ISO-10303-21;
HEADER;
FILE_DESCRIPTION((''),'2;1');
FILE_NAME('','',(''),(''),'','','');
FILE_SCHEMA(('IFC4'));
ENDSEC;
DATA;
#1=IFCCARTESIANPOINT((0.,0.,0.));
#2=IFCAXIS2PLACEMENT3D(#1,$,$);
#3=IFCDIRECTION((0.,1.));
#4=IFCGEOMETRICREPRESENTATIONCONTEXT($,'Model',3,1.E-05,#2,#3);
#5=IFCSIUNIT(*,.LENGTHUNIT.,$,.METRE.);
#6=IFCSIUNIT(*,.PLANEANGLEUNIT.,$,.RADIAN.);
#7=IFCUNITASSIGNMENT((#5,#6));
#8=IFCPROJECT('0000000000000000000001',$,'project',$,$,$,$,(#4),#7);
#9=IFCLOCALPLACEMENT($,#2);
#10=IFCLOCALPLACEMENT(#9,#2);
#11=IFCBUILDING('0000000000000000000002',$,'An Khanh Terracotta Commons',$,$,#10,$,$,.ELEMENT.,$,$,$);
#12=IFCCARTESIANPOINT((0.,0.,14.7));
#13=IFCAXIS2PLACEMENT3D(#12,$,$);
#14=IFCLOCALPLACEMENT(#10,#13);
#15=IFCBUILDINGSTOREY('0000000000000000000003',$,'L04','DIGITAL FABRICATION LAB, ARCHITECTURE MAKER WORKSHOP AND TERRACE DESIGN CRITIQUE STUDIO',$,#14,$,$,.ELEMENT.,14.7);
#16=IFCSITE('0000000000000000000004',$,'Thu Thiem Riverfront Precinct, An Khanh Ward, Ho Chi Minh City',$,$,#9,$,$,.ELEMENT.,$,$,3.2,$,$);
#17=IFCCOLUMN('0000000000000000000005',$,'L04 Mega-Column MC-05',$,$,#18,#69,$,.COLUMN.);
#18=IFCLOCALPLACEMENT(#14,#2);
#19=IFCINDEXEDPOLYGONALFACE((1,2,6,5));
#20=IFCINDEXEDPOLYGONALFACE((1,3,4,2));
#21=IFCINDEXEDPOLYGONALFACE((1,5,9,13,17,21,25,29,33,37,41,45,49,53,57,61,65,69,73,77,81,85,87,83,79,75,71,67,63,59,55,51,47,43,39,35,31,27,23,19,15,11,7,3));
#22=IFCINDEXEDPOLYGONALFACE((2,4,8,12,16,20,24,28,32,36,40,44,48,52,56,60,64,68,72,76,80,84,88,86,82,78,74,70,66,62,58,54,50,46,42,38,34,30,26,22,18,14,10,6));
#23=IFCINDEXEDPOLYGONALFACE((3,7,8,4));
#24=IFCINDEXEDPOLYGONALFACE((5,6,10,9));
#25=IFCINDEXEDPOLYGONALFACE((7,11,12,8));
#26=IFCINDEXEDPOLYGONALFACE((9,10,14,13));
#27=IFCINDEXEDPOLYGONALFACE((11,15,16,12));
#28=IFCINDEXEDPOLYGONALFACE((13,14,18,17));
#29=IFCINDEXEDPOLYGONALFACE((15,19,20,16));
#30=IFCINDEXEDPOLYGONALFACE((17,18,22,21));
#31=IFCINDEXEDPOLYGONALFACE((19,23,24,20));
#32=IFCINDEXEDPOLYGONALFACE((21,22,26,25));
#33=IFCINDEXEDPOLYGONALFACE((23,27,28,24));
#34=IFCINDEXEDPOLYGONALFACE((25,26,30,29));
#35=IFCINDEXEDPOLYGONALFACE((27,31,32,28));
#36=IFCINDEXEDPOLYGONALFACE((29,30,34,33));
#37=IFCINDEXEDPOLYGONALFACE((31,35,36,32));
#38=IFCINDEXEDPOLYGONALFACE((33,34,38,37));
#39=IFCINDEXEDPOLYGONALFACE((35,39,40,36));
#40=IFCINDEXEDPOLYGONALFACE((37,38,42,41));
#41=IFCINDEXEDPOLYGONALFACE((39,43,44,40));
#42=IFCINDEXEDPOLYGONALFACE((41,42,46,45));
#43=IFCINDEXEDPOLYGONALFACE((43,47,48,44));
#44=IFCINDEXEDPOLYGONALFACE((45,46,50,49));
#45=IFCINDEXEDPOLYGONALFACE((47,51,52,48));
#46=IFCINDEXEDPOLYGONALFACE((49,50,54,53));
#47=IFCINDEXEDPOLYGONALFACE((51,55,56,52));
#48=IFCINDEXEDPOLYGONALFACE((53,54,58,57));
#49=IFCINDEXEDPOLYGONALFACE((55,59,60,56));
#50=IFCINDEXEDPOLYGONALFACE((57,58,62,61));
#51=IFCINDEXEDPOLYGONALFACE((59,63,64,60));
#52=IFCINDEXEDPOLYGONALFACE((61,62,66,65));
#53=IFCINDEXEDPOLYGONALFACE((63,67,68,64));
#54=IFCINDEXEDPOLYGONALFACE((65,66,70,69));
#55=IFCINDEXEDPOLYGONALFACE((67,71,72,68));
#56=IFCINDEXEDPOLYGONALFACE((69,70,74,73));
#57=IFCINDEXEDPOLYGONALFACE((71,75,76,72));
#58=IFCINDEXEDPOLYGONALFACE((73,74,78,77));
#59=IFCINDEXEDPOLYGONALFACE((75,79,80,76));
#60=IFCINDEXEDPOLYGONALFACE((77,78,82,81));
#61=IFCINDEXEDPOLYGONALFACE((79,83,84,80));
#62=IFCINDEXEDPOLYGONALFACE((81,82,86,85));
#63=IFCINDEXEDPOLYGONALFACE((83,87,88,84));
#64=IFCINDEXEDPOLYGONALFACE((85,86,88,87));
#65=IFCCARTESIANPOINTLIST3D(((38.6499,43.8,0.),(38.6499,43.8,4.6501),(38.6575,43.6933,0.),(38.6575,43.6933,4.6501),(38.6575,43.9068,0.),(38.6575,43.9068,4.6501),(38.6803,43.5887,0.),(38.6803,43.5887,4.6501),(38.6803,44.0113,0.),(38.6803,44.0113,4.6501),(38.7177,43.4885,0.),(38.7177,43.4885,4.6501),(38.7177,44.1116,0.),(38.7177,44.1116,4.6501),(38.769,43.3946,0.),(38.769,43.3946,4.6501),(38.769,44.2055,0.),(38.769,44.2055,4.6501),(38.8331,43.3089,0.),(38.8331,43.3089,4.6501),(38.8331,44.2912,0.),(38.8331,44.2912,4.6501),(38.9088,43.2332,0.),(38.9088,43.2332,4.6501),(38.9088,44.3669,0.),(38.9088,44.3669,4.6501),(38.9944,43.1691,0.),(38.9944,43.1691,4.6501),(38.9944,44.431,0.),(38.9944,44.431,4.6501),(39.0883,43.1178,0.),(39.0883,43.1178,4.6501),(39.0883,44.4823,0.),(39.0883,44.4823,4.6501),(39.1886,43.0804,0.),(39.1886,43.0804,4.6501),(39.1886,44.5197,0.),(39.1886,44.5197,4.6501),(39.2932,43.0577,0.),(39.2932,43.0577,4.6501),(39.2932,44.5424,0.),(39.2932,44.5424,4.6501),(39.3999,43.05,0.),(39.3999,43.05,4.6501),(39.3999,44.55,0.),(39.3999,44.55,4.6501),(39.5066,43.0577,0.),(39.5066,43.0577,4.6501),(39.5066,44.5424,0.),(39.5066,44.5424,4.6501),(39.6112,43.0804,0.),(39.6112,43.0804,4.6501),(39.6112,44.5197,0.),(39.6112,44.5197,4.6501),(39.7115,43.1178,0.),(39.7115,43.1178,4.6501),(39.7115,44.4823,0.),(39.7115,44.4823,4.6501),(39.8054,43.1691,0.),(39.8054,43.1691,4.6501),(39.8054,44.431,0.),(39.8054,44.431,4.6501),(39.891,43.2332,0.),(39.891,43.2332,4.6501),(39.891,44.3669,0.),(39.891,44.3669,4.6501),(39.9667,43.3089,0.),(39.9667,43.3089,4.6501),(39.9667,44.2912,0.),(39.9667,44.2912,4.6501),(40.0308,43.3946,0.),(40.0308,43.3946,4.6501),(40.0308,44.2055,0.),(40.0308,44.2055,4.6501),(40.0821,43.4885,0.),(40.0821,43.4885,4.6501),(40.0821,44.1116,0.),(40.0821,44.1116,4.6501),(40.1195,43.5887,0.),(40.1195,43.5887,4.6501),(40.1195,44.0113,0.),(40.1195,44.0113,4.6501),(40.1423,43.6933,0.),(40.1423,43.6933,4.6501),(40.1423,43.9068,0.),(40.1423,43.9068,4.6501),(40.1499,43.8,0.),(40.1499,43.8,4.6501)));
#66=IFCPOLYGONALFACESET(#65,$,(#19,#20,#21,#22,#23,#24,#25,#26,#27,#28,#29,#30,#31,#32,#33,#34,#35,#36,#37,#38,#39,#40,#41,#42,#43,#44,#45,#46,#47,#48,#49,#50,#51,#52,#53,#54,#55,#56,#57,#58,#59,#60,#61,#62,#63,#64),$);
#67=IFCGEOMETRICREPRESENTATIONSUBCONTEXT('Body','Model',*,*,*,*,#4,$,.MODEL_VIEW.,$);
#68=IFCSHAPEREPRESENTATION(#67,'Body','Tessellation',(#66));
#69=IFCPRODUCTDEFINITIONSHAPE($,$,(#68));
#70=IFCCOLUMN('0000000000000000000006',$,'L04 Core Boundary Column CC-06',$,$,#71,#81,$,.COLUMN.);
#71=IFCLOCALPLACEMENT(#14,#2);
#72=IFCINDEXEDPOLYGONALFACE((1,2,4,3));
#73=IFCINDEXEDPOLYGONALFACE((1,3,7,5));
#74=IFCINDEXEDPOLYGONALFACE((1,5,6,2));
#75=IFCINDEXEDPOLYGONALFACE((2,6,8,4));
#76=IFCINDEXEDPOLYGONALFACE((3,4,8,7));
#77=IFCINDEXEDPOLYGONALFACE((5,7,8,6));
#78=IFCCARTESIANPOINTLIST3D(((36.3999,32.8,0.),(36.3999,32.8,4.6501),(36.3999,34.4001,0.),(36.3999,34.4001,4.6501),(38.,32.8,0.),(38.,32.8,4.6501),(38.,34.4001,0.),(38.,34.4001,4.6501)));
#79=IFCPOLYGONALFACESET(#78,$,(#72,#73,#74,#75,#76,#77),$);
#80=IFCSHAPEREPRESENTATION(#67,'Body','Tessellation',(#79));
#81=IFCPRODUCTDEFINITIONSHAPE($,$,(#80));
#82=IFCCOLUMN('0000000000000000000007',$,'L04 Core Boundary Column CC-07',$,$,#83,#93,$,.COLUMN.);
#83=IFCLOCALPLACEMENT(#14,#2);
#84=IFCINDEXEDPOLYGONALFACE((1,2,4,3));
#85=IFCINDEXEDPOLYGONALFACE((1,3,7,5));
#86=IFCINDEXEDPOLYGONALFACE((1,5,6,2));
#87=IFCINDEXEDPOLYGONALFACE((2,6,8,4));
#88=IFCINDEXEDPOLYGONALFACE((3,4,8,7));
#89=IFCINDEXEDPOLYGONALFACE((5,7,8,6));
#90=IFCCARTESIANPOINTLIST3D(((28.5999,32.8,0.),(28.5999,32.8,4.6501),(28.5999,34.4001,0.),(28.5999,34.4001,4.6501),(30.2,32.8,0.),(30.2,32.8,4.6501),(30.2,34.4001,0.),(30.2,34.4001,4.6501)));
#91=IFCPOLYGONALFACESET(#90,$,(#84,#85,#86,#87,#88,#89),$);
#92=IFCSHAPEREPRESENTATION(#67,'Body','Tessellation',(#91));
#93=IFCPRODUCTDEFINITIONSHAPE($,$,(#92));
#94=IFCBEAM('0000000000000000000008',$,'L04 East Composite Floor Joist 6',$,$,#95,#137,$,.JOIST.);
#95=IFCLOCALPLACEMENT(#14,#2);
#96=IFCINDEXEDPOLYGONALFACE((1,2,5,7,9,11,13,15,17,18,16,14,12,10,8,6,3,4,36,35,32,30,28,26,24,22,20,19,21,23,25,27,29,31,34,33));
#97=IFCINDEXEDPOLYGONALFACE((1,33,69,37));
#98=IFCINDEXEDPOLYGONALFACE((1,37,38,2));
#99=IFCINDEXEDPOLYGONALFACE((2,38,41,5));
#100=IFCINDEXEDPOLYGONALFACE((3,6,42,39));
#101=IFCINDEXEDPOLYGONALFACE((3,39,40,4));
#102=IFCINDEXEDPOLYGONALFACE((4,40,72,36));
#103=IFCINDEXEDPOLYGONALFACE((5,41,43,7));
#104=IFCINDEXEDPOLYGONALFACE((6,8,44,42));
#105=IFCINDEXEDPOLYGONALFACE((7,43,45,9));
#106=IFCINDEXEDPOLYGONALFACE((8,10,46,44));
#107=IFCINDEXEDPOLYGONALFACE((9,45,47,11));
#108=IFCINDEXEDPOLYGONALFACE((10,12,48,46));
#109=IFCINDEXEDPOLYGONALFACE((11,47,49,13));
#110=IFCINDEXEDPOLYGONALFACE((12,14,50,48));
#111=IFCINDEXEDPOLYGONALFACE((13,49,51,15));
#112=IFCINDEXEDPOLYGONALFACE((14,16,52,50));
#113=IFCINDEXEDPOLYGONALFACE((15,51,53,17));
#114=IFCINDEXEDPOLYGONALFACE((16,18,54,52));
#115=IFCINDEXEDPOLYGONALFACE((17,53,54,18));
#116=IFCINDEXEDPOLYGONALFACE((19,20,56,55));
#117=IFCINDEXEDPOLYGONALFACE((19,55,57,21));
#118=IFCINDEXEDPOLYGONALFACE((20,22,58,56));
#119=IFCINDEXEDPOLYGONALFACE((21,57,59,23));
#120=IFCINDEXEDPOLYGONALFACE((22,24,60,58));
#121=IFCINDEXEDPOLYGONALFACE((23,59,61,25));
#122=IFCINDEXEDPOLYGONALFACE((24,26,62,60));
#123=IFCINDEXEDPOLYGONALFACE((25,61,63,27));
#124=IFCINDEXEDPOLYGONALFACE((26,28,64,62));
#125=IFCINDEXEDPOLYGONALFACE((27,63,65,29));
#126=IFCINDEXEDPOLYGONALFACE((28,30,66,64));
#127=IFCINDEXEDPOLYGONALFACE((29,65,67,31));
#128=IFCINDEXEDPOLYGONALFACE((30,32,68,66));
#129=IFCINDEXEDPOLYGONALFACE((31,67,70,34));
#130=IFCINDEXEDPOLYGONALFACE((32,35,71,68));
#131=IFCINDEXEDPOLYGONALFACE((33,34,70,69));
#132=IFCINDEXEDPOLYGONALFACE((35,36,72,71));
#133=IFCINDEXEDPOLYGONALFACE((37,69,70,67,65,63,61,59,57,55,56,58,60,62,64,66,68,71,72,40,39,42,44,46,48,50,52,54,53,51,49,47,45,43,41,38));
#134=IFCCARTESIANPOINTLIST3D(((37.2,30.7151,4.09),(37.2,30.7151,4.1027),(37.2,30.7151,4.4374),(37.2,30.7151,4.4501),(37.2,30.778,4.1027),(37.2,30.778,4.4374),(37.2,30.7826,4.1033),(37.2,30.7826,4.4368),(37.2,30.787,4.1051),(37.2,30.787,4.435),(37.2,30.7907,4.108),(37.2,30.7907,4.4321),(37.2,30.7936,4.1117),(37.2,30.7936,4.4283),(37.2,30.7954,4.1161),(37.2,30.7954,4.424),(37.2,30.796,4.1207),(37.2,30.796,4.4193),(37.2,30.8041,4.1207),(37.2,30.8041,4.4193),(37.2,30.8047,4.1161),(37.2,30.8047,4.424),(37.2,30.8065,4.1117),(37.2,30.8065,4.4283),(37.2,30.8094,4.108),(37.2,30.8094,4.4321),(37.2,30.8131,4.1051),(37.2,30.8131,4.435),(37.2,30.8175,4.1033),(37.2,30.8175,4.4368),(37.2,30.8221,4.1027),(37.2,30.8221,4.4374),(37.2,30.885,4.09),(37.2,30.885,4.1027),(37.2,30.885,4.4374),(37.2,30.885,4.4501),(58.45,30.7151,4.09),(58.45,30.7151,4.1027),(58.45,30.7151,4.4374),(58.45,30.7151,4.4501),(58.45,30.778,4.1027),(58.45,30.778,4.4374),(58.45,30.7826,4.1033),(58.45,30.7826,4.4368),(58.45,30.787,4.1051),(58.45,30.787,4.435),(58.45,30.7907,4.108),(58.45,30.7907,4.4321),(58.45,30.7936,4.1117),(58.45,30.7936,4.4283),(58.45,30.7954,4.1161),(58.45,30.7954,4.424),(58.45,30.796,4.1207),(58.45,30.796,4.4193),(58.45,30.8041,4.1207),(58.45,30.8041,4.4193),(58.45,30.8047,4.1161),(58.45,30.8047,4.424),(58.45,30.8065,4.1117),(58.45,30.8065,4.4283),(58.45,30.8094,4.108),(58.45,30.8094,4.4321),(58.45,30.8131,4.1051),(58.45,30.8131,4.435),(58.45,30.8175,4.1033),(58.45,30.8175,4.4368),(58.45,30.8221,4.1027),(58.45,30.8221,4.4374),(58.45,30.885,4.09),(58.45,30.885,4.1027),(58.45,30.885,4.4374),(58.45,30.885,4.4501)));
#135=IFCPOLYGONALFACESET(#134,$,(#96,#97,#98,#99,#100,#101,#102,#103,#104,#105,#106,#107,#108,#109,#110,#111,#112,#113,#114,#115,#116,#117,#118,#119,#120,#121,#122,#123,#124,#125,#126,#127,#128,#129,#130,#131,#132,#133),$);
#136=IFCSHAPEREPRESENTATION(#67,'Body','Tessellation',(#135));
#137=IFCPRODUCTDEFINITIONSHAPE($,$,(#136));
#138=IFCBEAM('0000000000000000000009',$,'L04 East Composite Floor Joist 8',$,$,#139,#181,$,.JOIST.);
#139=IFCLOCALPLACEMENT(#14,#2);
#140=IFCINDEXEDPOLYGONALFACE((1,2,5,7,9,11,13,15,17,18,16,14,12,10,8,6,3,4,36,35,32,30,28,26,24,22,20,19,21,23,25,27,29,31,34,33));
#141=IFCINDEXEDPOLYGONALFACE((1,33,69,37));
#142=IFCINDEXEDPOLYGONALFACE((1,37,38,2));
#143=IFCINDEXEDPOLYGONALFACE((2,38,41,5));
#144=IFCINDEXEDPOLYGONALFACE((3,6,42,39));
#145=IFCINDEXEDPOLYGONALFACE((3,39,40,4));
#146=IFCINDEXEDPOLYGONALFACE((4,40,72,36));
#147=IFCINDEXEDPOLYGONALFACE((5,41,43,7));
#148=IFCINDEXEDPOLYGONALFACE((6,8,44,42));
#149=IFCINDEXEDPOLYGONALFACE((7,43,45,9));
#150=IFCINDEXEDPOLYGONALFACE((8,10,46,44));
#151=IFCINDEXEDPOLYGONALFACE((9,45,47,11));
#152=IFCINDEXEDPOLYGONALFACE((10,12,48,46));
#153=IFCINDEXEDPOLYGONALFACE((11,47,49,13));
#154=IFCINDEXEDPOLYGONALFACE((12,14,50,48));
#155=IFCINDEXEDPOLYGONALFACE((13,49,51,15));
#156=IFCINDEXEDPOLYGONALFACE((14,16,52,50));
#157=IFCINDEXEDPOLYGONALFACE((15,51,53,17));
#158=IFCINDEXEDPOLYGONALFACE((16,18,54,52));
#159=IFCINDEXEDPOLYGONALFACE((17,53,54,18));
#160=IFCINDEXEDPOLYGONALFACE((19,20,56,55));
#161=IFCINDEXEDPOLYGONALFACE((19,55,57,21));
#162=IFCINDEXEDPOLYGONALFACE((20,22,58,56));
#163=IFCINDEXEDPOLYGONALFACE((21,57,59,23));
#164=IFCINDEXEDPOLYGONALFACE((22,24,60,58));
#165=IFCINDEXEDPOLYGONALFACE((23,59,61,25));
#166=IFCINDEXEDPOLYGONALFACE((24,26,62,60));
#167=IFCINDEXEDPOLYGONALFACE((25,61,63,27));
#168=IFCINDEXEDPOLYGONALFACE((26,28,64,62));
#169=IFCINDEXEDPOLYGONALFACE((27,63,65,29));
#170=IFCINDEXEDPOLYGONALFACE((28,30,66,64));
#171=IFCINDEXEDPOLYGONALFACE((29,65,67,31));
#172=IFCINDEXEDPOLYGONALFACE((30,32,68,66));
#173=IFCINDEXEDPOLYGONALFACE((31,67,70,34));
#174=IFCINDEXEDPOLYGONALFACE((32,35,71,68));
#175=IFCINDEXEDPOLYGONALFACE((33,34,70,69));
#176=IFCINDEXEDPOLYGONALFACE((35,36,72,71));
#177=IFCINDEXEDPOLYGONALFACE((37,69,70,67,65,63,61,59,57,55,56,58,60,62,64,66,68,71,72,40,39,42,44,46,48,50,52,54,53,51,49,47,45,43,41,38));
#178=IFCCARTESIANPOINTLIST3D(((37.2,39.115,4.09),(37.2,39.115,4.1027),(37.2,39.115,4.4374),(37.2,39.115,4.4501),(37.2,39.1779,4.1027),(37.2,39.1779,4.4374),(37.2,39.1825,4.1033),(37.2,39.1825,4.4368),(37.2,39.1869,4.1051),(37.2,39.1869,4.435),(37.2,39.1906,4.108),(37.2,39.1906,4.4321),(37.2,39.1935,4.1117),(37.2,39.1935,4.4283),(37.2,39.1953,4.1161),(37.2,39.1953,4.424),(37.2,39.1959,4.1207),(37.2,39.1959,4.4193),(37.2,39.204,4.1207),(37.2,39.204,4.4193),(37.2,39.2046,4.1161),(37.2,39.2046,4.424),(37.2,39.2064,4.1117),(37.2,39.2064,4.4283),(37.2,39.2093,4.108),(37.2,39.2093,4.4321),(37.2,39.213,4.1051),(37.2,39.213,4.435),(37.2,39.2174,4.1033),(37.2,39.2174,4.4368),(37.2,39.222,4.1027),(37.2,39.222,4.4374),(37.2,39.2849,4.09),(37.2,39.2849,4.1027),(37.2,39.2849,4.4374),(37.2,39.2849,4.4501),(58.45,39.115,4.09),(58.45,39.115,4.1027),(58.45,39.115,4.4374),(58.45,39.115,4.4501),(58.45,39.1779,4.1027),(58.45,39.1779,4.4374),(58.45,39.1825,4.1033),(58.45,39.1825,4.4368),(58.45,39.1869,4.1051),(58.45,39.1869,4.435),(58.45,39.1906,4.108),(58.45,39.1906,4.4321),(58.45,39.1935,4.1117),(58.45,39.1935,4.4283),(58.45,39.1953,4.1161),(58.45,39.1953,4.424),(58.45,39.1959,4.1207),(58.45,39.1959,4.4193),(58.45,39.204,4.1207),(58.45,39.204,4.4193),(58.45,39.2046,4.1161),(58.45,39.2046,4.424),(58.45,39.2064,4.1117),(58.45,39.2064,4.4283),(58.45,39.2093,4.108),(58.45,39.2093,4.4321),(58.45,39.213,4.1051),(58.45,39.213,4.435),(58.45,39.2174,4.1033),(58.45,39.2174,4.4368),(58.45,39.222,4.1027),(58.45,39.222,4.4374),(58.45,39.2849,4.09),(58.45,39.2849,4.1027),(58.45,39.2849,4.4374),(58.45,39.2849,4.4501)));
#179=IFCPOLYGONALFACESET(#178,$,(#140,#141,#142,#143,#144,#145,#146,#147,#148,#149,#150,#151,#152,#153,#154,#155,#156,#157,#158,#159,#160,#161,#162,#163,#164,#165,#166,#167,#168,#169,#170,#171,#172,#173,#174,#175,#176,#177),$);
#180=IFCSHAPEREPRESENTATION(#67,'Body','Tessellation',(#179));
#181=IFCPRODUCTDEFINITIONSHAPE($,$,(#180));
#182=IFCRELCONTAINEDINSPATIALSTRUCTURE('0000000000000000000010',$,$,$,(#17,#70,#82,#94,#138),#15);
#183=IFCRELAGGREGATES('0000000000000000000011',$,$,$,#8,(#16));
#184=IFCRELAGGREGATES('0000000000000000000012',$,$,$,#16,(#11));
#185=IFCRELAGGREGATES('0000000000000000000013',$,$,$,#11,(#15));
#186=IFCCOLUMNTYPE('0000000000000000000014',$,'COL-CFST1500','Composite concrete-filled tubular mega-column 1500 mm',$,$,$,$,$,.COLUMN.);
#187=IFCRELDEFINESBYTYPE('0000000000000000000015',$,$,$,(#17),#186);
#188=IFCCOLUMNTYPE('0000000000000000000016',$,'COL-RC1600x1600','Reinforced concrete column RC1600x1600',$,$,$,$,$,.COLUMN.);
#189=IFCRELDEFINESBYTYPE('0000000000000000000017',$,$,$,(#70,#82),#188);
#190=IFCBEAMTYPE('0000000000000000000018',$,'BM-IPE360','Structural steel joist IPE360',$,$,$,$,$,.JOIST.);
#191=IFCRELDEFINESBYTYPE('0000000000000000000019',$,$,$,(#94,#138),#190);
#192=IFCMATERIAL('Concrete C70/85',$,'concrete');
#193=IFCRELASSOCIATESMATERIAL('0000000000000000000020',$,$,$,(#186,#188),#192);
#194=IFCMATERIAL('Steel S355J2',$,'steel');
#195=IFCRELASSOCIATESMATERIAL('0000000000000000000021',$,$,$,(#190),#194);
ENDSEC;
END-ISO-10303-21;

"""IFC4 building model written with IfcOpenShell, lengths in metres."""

from ifc_helpers import new_model, si_unit, direction, frame, origin, origin_2d, place, context, subcontext, project, spatial, rectangle, circle, i_section, extrude, material, material_profile, profile_set, type_object, element, save


model = new_model("IFC4")

# Units and contexts
model_context = context("Model", 3, precision=1e-05, world=origin(), true_north=direction((0.0, 1.0)))
body_context = subcontext(model_context, "Body", "Model", "MODEL_VIEW")
ifc_project = project(units=[si_unit("LENGTHUNIT", "METRE"), si_unit("PLANEANGLEUNIT", "RADIAN")], contexts=[model_context])

# Site, building, storey
site_placement = place(None, origin())
site = spatial("IfcSite", under=ifc_project, at=site_placement, Name="Thu Thiem Riverfront Precinct, An Khanh Ward, Ho Chi Minh City", CompositionType="ELEMENT", RefElevation=3.2)
building_placement = place(site_placement, origin())
building = spatial("IfcBuilding", under=site, at=building_placement, Name="An Khanh Terracotta Commons", CompositionType="ELEMENT")
storey_placement = place(building_placement, frame((0.0, 0.0, 14.7)))
storey = spatial("IfcBuildingStorey", under=building, at=storey_placement, Name="L04", Description="DIGITAL FABRICATION LAB, ARCHITECTURE MAKER WORKSHOP AND TERRACE DESIGN CRITIQUE STUDIO", CompositionType="ELEMENT", Elevation=14.7)

# Columns
ifc_material_1 = material(Name="Concrete C70/85", Category="concrete")
ifc_material_profile_1 = material_profile(ifc_material_1, circle(Radius=0.75, at=origin_2d()), Name="CFST1500")
ifc_profile_set_1 = profile_set([ifc_material_profile_1], Name="Concrete C70/85")
column_type_1 = type_object("IfcColumnType", Name="COL-CFST1500", Description="Composite concrete-filled tubular mega-column 1500 mm", PredefinedType="COLUMN", material=ifc_profile_set_1)
column_placement = place(storey_placement, frame((39.3999, 43.8, 0.0), z_axis=(0.0, 0.0, 1.0), x_axis=(1.0, 0.0, 0.0)))
element("IfcColumn", 1, at=column_placement, inside=storey, type_object=column_type_1, Name="L04 Mega-Column MC-05", PredefinedType="COLUMN", context=body_context, shape_type="SweptSolid", body=[
    extrude(circle(Radius=0.75, at=origin_2d()), origin(), (0.0, 0.0, 1.0), 4.6501),
])
ifc_material_profile_2 = material_profile(ifc_material_1, rectangle(XDim=1.6001, YDim=1.6001, at=origin_2d()), Name="RC1600x1600")
ifc_profile_set_2 = profile_set([ifc_material_profile_2], Name="Concrete C70/85")
column_type_2 = type_object("IfcColumnType", Name="COL-RC1600x1600", Description="Reinforced concrete column RC1600x1600", PredefinedType="COLUMN", material=ifc_profile_set_2)
for number, where, z_axis, x_axis, name in (
    (2, (37.2, 33.6001, 0.0), (0.0, 0.0, 1.0), (1.0, 0.0, 0.0), "L04 Core Boundary Column CC-06"),
    (3, (29.3999, 33.6001, 0.0), (0.0, 0.0, 1.0), (1.0, 0.0, 0.0), "L04 Core Boundary Column CC-07"),
):
    element("IfcColumn", number, at=place(storey_placement, frame(where, z_axis=z_axis, x_axis=x_axis)), inside=storey, type_object=column_type_2, Name=name, PredefinedType="COLUMN", context=body_context, shape_type="SweptSolid", body=[
        extrude(rectangle(XDim=1.6001, YDim=1.6001, at=origin_2d()), origin(), (0.0, 0.0, 1.0), 4.6501),
    ])

# Beams
ifc_material_2 = material(Name="Steel S355J2", Category="steel")
ifc_material_profile_3 = material_profile(ifc_material_2, i_section(OverallWidth=0.1699, OverallDepth=0.3601, WebThickness=0.0081, FlangeThickness=0.0127, FilletRadius=0.0181, at=origin_2d()), Name="IPE360")
ifc_profile_set_3 = profile_set([ifc_material_profile_3], Name="Steel S355J2")
beam_type_1 = type_object("IfcBeamType", Name="BM-IPE360", Description="Structural steel joist IPE360", PredefinedType="JOIST", material=ifc_profile_set_3)
for number, where, z_axis, x_axis, name in (
    (4, (37.2, 30.8, 4.27), (1.0, 0.0, 0.0), (0.0, 1.0, 0.0), "L04 East Composite Floor Joist 6"),
    (5, (37.2, 39.2, 4.27), (1.0, 0.0, 0.0), (0.0, 1.0, 0.0), "L04 East Composite Floor Joist 8"),
):
    element("IfcBeam", number, at=place(storey_placement, frame(where, z_axis=z_axis, x_axis=x_axis)), inside=storey, type_object=beam_type_1, Name=name, PredefinedType="JOIST", context=body_context, shape_type="SweptSolid", body=[
        extrude(i_section(OverallWidth=0.1699, OverallDepth=0.3601, WebThickness=0.0081, FlangeThickness=0.0127, FilletRadius=0.0181, at=origin_2d()), origin(), (0.0, 0.0, 1.0), 21.25),
    ])

save(model, "model.ifc")
